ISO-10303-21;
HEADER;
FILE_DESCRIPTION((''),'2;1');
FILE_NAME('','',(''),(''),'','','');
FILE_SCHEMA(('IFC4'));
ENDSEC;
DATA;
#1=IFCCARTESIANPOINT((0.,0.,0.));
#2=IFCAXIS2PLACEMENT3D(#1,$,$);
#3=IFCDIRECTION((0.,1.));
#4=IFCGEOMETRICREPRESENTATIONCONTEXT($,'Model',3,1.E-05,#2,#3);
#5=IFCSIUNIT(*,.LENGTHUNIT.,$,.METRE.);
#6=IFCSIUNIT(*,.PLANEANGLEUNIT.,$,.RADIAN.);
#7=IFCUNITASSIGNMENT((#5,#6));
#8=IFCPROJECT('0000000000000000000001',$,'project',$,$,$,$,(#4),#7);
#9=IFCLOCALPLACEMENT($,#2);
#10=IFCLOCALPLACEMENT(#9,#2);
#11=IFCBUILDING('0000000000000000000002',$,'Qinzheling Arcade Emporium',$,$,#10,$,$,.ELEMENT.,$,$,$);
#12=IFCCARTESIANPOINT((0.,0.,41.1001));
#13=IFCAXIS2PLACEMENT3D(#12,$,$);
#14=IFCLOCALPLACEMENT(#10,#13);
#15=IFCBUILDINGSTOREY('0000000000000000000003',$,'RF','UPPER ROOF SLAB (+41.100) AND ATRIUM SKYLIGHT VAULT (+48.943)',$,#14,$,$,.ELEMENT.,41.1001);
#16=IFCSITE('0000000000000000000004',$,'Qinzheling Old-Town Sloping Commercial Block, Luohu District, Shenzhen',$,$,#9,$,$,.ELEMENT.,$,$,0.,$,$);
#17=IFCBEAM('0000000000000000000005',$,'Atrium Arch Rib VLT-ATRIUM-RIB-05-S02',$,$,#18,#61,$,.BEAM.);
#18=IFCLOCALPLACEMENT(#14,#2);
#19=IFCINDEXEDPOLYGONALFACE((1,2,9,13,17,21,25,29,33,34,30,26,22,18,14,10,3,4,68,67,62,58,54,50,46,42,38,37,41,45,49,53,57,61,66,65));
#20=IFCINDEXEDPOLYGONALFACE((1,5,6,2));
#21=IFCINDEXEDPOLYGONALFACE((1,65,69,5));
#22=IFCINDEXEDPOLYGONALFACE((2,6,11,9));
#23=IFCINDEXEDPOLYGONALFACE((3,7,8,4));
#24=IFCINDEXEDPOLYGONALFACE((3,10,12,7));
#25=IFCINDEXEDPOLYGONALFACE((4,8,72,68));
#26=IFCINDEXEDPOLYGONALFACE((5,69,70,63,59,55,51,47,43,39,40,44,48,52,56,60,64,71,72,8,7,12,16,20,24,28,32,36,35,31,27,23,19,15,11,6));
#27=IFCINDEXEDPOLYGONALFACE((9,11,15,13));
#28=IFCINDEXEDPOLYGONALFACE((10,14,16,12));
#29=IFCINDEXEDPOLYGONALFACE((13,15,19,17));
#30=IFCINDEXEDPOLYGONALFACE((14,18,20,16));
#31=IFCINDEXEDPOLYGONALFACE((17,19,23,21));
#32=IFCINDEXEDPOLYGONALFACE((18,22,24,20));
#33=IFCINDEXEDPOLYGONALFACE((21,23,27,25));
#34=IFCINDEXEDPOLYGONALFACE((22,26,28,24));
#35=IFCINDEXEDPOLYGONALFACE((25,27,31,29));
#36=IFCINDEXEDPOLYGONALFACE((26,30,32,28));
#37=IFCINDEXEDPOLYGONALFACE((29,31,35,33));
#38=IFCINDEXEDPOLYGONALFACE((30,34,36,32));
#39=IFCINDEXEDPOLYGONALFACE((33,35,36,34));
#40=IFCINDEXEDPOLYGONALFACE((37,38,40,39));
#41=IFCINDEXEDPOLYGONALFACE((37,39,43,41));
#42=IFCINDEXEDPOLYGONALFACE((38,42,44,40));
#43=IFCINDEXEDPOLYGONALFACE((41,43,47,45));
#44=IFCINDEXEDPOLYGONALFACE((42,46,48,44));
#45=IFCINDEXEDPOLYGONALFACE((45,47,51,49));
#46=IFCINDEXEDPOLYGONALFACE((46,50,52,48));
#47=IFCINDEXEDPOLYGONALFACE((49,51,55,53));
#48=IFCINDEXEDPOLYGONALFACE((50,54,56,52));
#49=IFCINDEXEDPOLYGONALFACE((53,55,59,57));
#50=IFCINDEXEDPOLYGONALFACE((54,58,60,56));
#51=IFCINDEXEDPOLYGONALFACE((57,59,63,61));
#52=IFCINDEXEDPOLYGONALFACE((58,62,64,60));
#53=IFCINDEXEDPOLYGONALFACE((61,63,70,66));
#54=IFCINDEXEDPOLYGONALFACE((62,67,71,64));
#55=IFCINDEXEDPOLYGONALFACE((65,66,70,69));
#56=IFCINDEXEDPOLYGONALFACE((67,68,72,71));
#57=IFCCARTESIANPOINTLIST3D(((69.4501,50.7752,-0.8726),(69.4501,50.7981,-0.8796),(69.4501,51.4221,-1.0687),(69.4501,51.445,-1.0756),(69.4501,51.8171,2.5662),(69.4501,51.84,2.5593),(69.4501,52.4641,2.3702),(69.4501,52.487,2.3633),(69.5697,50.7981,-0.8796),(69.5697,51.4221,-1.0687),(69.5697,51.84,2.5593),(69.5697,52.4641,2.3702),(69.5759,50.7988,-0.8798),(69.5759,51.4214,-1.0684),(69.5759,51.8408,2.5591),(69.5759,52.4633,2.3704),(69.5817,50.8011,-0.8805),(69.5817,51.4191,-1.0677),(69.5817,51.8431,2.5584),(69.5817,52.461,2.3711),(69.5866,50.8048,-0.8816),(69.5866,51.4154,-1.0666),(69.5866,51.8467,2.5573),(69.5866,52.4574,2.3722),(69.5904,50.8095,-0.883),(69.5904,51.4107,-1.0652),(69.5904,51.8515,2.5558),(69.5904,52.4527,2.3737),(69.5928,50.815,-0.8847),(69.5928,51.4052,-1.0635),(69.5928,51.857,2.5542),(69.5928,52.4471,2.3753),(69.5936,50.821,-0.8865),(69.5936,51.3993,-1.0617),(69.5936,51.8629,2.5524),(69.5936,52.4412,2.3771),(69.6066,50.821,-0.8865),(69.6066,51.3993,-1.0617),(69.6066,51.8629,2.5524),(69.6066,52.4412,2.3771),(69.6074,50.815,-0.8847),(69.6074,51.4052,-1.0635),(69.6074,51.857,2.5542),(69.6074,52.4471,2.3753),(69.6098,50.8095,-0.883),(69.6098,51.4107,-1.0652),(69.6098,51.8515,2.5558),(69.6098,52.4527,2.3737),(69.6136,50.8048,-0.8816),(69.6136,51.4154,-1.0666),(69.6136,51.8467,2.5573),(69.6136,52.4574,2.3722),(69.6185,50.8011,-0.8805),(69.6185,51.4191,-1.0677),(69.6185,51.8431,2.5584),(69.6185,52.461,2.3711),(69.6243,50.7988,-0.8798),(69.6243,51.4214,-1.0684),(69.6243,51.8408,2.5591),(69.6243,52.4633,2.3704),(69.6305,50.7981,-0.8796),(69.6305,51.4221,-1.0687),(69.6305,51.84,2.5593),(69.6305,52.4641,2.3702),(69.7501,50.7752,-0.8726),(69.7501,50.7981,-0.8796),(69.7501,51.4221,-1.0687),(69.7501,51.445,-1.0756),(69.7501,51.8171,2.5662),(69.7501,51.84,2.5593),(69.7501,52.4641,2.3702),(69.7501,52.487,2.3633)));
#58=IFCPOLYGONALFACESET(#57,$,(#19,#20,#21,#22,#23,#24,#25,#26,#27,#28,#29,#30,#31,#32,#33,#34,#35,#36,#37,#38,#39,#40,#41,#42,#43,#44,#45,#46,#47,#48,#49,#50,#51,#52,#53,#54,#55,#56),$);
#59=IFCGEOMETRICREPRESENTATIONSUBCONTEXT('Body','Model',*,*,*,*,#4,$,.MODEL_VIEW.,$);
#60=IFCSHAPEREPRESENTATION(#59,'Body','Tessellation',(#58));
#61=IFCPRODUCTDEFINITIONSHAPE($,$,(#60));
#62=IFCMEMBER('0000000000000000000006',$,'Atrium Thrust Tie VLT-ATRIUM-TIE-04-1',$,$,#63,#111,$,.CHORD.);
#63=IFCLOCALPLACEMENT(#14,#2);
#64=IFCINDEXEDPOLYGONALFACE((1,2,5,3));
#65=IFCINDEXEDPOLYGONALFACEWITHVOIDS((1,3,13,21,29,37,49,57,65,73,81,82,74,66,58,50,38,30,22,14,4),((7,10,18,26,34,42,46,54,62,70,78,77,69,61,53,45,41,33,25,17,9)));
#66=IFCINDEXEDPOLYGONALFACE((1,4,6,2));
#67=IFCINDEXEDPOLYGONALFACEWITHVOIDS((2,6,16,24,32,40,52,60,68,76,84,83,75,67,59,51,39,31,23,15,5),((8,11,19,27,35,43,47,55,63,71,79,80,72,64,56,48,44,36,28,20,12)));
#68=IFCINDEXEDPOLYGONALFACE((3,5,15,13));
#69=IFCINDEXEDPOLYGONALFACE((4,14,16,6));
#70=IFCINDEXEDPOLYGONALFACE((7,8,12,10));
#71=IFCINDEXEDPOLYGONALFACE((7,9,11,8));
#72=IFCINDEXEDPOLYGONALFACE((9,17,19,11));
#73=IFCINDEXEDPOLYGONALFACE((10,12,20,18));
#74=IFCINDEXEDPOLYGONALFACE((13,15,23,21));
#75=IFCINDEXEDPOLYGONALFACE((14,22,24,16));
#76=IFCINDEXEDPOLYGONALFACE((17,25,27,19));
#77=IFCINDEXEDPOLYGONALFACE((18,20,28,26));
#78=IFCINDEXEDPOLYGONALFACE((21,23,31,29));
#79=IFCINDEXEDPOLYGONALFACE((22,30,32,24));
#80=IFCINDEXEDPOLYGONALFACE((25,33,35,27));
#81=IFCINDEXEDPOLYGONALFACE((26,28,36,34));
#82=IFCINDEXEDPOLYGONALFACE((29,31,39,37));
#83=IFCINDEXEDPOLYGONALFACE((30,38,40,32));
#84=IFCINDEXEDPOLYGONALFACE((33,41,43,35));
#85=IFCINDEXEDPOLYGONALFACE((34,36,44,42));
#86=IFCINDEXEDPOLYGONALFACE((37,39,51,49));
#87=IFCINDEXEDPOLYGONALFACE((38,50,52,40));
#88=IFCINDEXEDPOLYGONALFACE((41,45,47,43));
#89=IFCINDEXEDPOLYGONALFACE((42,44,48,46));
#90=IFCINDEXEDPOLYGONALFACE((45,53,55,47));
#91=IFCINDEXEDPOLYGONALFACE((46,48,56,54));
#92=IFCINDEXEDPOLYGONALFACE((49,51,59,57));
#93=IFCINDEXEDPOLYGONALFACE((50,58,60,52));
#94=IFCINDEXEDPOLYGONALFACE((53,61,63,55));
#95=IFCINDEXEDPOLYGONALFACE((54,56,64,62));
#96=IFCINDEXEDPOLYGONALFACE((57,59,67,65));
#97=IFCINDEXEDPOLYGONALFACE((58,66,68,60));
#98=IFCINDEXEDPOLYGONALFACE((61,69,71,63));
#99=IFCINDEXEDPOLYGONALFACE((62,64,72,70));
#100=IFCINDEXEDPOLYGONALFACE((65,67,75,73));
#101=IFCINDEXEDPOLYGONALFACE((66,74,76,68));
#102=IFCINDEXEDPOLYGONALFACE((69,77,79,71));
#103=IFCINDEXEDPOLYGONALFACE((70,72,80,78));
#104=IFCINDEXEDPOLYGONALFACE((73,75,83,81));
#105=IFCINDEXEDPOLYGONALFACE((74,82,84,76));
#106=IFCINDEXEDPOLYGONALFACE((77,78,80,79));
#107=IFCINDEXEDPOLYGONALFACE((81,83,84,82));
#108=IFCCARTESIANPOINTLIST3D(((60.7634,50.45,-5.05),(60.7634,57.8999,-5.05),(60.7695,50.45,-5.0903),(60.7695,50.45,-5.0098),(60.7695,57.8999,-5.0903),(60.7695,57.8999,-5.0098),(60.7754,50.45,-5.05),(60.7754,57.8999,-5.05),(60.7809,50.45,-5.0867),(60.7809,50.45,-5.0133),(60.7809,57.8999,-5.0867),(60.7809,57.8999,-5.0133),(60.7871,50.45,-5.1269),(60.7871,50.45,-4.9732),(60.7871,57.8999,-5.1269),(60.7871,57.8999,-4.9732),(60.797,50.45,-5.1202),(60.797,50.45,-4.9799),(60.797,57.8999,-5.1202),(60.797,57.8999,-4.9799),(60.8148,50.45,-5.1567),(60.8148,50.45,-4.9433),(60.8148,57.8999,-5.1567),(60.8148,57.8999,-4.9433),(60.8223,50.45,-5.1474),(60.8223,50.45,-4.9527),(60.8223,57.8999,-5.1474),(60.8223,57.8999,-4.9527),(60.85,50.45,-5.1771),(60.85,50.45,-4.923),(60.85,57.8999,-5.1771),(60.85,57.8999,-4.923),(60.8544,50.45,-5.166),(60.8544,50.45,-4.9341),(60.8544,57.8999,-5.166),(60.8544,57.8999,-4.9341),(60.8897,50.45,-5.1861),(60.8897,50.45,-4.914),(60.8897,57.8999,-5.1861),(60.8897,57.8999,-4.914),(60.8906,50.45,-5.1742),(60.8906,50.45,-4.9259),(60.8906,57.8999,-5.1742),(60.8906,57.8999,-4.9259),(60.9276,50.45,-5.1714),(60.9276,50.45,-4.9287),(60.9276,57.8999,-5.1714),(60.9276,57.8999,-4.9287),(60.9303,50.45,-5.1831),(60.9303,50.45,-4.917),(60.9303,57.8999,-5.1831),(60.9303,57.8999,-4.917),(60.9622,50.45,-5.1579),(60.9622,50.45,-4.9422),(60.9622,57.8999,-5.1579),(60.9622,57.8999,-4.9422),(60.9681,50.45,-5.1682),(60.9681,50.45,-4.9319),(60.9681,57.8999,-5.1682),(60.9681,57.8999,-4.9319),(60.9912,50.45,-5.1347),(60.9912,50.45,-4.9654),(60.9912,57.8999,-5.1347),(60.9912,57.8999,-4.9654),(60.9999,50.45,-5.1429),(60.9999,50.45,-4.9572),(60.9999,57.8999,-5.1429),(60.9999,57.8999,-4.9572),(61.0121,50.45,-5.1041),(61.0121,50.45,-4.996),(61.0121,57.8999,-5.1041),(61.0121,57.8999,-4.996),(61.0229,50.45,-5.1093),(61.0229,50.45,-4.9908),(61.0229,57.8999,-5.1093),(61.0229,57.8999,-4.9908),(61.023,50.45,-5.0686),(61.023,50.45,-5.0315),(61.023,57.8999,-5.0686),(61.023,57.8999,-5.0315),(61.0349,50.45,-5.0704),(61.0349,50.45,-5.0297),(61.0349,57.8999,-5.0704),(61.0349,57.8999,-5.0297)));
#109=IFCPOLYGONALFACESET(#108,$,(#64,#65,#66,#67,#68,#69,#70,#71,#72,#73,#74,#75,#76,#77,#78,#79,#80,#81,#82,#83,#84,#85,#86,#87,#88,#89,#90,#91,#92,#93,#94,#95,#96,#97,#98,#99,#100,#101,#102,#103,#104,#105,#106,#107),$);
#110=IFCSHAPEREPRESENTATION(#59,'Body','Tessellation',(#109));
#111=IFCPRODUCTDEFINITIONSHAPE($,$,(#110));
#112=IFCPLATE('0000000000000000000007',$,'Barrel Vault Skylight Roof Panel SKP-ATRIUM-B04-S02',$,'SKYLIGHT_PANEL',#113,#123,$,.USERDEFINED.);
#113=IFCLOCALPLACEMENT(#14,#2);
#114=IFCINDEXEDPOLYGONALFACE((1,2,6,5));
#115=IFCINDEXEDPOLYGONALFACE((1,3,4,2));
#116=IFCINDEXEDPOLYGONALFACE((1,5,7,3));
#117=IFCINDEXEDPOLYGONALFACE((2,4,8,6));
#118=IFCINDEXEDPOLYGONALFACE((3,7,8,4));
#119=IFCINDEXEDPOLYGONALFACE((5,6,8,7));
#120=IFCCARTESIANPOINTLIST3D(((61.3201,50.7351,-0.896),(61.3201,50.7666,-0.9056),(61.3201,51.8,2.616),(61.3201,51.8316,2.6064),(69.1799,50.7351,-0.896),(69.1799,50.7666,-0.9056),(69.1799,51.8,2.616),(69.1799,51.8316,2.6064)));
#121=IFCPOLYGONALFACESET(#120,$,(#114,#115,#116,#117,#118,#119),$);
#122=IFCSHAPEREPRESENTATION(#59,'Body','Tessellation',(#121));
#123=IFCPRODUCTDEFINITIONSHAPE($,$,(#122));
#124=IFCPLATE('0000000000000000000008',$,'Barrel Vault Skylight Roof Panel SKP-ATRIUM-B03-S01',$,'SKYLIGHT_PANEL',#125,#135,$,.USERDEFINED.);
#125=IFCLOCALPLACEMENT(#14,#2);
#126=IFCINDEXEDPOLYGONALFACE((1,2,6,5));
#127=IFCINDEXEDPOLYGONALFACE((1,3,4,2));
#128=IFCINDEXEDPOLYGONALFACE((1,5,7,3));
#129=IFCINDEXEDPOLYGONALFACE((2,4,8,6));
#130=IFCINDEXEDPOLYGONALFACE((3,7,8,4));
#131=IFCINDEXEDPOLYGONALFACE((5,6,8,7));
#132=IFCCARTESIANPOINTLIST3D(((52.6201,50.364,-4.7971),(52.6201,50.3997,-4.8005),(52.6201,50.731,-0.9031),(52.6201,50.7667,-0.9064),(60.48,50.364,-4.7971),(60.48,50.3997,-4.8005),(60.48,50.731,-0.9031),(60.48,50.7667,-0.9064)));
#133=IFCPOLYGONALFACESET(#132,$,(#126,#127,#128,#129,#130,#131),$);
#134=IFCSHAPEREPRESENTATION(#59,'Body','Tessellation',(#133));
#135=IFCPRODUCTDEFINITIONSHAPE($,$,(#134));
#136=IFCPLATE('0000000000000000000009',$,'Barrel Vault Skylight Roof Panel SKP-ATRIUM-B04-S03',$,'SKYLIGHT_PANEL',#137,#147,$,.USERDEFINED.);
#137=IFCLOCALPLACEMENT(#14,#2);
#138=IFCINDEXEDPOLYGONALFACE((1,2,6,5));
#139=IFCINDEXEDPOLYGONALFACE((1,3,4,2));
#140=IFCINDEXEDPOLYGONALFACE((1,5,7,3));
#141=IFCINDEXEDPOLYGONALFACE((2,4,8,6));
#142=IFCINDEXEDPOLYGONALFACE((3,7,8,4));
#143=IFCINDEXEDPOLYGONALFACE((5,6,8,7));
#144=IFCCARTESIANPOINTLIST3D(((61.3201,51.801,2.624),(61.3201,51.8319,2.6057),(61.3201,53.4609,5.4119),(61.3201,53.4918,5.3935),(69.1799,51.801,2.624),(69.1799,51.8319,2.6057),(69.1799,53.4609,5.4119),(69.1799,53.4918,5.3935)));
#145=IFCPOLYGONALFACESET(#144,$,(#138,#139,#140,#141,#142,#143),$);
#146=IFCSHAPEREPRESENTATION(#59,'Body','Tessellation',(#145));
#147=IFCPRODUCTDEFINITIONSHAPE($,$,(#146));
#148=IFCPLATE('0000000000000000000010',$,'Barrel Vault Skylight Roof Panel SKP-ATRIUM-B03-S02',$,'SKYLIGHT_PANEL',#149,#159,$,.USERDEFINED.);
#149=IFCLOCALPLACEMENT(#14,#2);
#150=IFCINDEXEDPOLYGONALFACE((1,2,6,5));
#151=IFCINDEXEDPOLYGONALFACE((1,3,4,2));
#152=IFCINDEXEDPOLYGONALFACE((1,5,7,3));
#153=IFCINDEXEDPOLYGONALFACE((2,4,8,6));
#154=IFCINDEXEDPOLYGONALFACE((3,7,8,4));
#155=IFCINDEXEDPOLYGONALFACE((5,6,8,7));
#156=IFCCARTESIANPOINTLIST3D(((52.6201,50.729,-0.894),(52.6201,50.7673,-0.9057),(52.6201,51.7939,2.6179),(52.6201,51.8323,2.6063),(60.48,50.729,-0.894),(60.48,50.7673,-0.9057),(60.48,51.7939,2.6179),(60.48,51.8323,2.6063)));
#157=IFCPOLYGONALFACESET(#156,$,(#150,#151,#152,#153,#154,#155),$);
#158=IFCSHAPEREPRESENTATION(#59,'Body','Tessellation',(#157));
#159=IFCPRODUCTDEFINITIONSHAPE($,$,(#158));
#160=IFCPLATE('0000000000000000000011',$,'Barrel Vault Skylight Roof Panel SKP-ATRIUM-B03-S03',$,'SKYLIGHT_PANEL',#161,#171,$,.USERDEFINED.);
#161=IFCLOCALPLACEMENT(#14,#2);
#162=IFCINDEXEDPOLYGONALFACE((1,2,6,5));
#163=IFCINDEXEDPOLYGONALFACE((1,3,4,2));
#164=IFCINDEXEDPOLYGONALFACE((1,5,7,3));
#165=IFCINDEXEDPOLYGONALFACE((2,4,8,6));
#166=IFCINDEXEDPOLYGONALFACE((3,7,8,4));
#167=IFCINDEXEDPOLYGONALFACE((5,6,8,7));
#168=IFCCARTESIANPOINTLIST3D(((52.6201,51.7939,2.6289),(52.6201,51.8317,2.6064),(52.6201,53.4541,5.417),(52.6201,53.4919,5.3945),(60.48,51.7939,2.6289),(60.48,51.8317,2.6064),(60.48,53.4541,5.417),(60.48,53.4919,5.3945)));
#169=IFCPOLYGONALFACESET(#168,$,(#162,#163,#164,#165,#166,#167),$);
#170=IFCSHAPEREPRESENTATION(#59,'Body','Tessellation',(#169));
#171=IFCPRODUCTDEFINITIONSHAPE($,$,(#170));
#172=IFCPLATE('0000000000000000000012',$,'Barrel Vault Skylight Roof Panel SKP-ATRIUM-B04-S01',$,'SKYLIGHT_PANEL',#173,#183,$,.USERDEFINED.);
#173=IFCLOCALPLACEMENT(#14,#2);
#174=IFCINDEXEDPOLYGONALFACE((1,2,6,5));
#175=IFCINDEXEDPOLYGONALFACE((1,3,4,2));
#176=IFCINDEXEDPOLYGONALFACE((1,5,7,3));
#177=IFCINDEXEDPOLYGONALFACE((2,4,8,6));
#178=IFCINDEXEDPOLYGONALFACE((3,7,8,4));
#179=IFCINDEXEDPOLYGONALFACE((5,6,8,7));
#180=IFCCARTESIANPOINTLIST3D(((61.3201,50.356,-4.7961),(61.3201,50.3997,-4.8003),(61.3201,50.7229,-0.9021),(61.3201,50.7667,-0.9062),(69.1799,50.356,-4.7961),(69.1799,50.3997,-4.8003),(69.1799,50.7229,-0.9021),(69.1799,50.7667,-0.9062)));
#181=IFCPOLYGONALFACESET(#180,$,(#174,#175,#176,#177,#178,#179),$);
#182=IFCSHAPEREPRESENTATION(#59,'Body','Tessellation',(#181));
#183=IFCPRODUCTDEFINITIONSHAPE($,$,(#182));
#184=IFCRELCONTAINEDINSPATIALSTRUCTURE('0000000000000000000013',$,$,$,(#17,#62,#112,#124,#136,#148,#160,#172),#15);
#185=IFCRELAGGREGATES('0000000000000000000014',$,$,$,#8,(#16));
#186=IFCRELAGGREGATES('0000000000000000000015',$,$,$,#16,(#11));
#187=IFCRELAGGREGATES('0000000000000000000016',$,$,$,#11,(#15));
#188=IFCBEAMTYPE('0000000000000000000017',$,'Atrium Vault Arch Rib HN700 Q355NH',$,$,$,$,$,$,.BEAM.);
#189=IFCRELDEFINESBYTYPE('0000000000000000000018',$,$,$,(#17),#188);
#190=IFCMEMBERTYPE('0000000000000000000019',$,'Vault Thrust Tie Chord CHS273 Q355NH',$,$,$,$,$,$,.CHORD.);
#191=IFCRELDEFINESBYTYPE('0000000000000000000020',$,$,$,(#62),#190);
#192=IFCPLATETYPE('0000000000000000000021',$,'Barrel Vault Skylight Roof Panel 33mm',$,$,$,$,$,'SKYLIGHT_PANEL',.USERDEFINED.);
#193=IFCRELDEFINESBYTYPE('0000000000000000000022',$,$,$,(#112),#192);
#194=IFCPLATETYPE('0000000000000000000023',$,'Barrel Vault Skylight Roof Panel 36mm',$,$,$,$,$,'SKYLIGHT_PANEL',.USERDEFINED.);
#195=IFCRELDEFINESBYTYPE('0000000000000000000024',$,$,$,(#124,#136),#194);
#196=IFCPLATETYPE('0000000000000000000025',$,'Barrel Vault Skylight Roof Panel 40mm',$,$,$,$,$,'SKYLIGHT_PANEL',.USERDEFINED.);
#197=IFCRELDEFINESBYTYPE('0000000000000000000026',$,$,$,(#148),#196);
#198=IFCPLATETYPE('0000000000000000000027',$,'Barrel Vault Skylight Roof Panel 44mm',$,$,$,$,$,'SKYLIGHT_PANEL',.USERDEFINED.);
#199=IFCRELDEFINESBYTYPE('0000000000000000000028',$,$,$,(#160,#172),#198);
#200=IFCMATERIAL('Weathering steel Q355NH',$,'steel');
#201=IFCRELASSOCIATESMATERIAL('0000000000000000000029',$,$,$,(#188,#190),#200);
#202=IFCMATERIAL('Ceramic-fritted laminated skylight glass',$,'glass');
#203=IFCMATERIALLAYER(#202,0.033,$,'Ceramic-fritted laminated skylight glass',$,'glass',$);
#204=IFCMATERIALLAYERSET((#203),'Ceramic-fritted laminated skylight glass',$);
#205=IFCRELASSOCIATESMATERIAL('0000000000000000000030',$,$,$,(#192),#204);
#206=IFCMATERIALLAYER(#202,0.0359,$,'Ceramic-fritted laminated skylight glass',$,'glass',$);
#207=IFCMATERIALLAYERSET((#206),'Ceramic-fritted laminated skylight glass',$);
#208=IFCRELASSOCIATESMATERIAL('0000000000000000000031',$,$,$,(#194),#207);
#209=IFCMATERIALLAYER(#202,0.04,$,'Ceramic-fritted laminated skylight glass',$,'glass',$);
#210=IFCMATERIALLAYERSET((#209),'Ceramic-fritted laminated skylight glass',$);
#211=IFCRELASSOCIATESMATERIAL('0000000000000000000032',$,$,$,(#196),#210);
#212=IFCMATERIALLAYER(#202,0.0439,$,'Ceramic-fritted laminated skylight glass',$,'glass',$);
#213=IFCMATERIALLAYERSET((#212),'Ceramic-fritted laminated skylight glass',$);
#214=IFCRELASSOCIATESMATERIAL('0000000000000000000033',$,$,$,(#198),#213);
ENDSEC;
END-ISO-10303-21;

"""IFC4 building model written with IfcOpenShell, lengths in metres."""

from ifc_helpers import new_model, si_unit, direction, frame, origin, origin_2d, place, context, subcontext, project, spatial, polyline, hollow_circle, i_section, outline, extrude, material, layer, layer_set, material_profile, profile_set, type_object, element, save


model = new_model("IFC4")

# Units and contexts
model_context = context("Model", 3, precision=1e-05, world=origin(), true_north=direction((0.0, 1.0)))
body_context = subcontext(model_context, "Body", "Model", "MODEL_VIEW")
ifc_project = project(units=[si_unit("LENGTHUNIT", "METRE"), si_unit("PLANEANGLEUNIT", "RADIAN")], contexts=[model_context])

# Site, building, storey
site_placement = place(None, origin())
site = spatial("IfcSite", under=ifc_project, at=site_placement, Name="Qinzheling Old-Town Sloping Commercial Block, Luohu District, Shenzhen", CompositionType="ELEMENT", RefElevation=0.0)
building_placement = place(site_placement, origin())
building = spatial("IfcBuilding", under=site, at=building_placement, Name="Qinzheling Arcade Emporium", CompositionType="ELEMENT")
storey_placement = place(building_placement, frame((0.0, 0.0, 41.1001)))
storey = spatial("IfcBuildingStorey", under=building, at=storey_placement, Name="RF", Description="UPPER ROOF SLAB (+41.100) AND ATRIUM SKYLIGHT VAULT (+48.943)", CompositionType="ELEMENT", Elevation=41.1001)

# Shared definitions
ifc_material_1 = material(Name="Weathering steel Q355NH", Category="steel")

# Beam
ifc_material_profile_1 = material_profile(ifc_material_1, i_section(OverallWidth=0.3, OverallDepth=0.7, WebThickness=0.0129, FlangeThickness=0.0239, FilletRadius=0.0239, at=origin_2d()), Name="HN 700x300x13x24", Category="steel")
ifc_profile_set_1 = profile_set([ifc_material_profile_1], Name="Weathering steel Q355NH")
beam_type_1 = type_object("IfcBeamType", Name="Atrium Vault Arch Rib HN700 Q355NH", PredefinedType="BEAM", material=ifc_profile_set_1)
beam_1_placement = place(storey_placement, frame((69.6001, 51.1101, -0.9741), z_axis=(0.0, 0.289977, 0.957034), x_axis=(-1.0, 0.0, 0.0)))
element("IfcBeam", 1, at=beam_1_placement, inside=storey, type_object=beam_type_1, Name="Atrium Arch Rib VLT-ATRIUM-RIB-05-S02", PredefinedType="BEAM", context=body_context, shape_type="SweptSolid", body=[
    extrude(i_section(OverallWidth=0.3, OverallDepth=0.7, WebThickness=0.0129, FlangeThickness=0.0239, FilletRadius=0.0239, at=origin_2d()), origin(), (0.0, 0.0, 1.0), 3.5933),
])

# Member
ifc_material_profile_2 = material_profile(ifc_material_1, hollow_circle(Radius=0.1365, WallThickness=0.012, at=origin_2d()), Name="CHS 273x12", Category="steel")
ifc_profile_set_2 = profile_set([ifc_material_profile_2], Name="Weathering steel Q355NH")
member_type_1 = type_object("IfcMemberType", Name="Vault Thrust Tie Chord CHS273 Q355NH", PredefinedType="CHORD", material=ifc_profile_set_2)
member_1_placement = place(storey_placement, frame((60.8999, 50.45, -5.05), z_axis=(0.0, 1.0, 0.0), x_axis=(-1.0, 0.0, 0.0)))
element("IfcMember", 2, at=member_1_placement, inside=storey, type_object=member_type_1, Name="Atrium Thrust Tie VLT-ATRIUM-TIE-04-1", PredefinedType="CHORD", context=body_context, shape_type="SweptSolid", body=[
    extrude(hollow_circle(Radius=0.1365, WallThickness=0.012, at=origin_2d()), origin(), (0.0, 0.0, 1.0), 7.45),
])

# Plates
ifc_material_2 = material(Name="Ceramic-fritted laminated skylight glass", Category="glass")
ifc_layer_1 = layer(ifc_material_2, 0.033, Name="Ceramic-fritted laminated skylight glass", Category="glass")
ifc_layer_set_1 = layer_set([ifc_layer_1], Name="Ceramic-fritted laminated skylight glass")
plate_type_1 = type_object("IfcPlateType", Name="Barrel Vault Skylight Roof Panel 33mm", ElementType="SKYLIGHT_PANEL", PredefinedType="USERDEFINED", material=ifc_layer_set_1)
plate_1_placement = place(storey_placement, frame((61.3201, 50.7351, -0.896), z_axis=(0.0, -0.956971, 0.290185), x_axis=(1.0, 0.0, 0.0)))
element("IfcPlate", 3, at=plate_1_placement, inside=storey, type_object=plate_type_1, Name="Barrel Vault Skylight Roof Panel SKP-ATRIUM-B04-S02", ObjectType="SKYLIGHT_PANEL", PredefinedType="USERDEFINED", context=body_context, shape_type="SweptSolid", body=[
    extrude(outline(polyline([(0.0, 0.0), (7.8599, 0.0), (7.8599, 3.6699), (0.0, 3.6699), (0.0, 0.0)])), origin(), (0.0, 0.0, -1.0), 0.033),
])
ifc_layer_2 = layer(ifc_material_2, 0.0359, Name="Ceramic-fritted laminated skylight glass", Category="glass")
ifc_layer_set_2 = layer_set([ifc_layer_2], Name="Ceramic-fritted laminated skylight glass")
plate_type_2 = type_object("IfcPlateType", Name="Barrel Vault Skylight Roof Panel 36mm", ElementType="SKYLIGHT_PANEL", PredefinedType="USERDEFINED", material=ifc_layer_set_2)
plate_2_placement = place(storey_placement, frame((52.6201, 50.364, -4.7971), z_axis=(0.0, -0.99559, 0.093816), x_axis=(1.0, 0.0, 0.0)))
element("IfcPlate", 4, at=plate_2_placement, inside=storey, type_object=plate_type_2, Name="Barrel Vault Skylight Roof Panel SKP-ATRIUM-B03-S01", ObjectType="SKYLIGHT_PANEL", PredefinedType="USERDEFINED", context=body_context, shape_type="SweptSolid", body=[
    extrude(outline(polyline([(0.0, 0.0), (7.8599, 0.0), (7.8599, 3.9113), (0.0, 3.9113), (0.0, 0.0)])), origin(), (0.0, 0.0, -1.0), 0.0359),
])
plate_3_placement = place(storey_placement, frame((61.3201, 51.801, 2.624), z_axis=(0.0, -0.859228, 0.511594), x_axis=(1.0, 0.0, 0.0)))
element("IfcPlate", 5, at=plate_3_placement, inside=storey, type_object=plate_type_2, Name="Barrel Vault Skylight Roof Panel SKP-ATRIUM-B04-S03", ObjectType="SKYLIGHT_PANEL", PredefinedType="USERDEFINED", context=body_context, shape_type="SweptSolid", body=[
    extrude(outline(polyline([(0.0, 0.0), (7.8599, 0.0), (7.8599, 3.2446), (0.0, 3.2446), (0.0, 0.0)])), origin(), (0.0, 0.0, -1.0), 0.0359),
])
ifc_layer_3 = layer(ifc_material_2, 0.04, Name="Ceramic-fritted laminated skylight glass", Category="glass")
ifc_layer_set_3 = layer_set([ifc_layer_3], Name="Ceramic-fritted laminated skylight glass")
plate_type_3 = type_object("IfcPlateType", Name="Barrel Vault Skylight Roof Panel 40mm", ElementType="SKYLIGHT_PANEL", PredefinedType="USERDEFINED", material=ifc_layer_set_3)
plate_4_placement = place(storey_placement, frame((52.6201, 50.729, -0.894), z_axis=(0.0, -0.956971, 0.290185), x_axis=(1.0, 0.0, 0.0)))
element("IfcPlate", 6, at=plate_4_placement, inside=storey, type_object=plate_type_3, Name="Barrel Vault Skylight Roof Panel SKP-ATRIUM-B03-S02", ObjectType="SKYLIGHT_PANEL", PredefinedType="USERDEFINED", context=body_context, shape_type="SweptSolid", body=[
    extrude(outline(polyline([(0.0, 0.0), (7.8599, 0.0), (7.8599, 3.6699), (0.0, 3.6699), (0.0, 0.0)])), origin(), (0.0, 0.0, -1.0), 0.04),
])
ifc_layer_4 = layer(ifc_material_2, 0.0439, Name="Ceramic-fritted laminated skylight glass", Category="glass")
ifc_layer_set_4 = layer_set([ifc_layer_4], Name="Ceramic-fritted laminated skylight glass")
plate_type_4 = type_object("IfcPlateType", Name="Barrel Vault Skylight Roof Panel 44mm", ElementType="SKYLIGHT_PANEL", PredefinedType="USERDEFINED", material=ifc_layer_set_4)
plate_5_placement = place(storey_placement, frame((52.6201, 51.7939, 2.6289), z_axis=(0.0, -0.859214, 0.511616), x_axis=(1.0, 0.0, 0.0)))
element("IfcPlate", 7, at=plate_5_placement, inside=storey, type_object=plate_type_4, Name="Barrel Vault Skylight Roof Panel SKP-ATRIUM-B03-S03", ObjectType="SKYLIGHT_PANEL", PredefinedType="USERDEFINED", context=body_context, shape_type="SweptSolid", body=[
    extrude(outline(polyline([(0.0, 0.0), (7.8599, 0.0), (7.8599, 3.2449), (0.0, 3.2449), (0.0, 0.0)])), origin(), (0.0, 0.0, -1.0), 0.0439),
])
plate_6_placement = place(storey_placement, frame((61.3201, 50.356, -4.7961), z_axis=(0.0, -0.99559, 0.093816), x_axis=(1.0, 0.0, 0.0)))
element("IfcPlate", 8, at=plate_6_placement, inside=storey, type_object=plate_type_4, Name="Barrel Vault Skylight Roof Panel SKP-ATRIUM-B04-S01", ObjectType="SKYLIGHT_PANEL", PredefinedType="USERDEFINED", context=body_context, shape_type="SweptSolid", body=[
    extrude(outline(polyline([(0.0, 0.0), (7.8599, 0.0), (7.8599, 3.9113), (0.0, 3.9113), (0.0, 0.0)])), origin(), (0.0, 0.0, -1.0), 0.0439),
])

save(model, "model.ifc")
